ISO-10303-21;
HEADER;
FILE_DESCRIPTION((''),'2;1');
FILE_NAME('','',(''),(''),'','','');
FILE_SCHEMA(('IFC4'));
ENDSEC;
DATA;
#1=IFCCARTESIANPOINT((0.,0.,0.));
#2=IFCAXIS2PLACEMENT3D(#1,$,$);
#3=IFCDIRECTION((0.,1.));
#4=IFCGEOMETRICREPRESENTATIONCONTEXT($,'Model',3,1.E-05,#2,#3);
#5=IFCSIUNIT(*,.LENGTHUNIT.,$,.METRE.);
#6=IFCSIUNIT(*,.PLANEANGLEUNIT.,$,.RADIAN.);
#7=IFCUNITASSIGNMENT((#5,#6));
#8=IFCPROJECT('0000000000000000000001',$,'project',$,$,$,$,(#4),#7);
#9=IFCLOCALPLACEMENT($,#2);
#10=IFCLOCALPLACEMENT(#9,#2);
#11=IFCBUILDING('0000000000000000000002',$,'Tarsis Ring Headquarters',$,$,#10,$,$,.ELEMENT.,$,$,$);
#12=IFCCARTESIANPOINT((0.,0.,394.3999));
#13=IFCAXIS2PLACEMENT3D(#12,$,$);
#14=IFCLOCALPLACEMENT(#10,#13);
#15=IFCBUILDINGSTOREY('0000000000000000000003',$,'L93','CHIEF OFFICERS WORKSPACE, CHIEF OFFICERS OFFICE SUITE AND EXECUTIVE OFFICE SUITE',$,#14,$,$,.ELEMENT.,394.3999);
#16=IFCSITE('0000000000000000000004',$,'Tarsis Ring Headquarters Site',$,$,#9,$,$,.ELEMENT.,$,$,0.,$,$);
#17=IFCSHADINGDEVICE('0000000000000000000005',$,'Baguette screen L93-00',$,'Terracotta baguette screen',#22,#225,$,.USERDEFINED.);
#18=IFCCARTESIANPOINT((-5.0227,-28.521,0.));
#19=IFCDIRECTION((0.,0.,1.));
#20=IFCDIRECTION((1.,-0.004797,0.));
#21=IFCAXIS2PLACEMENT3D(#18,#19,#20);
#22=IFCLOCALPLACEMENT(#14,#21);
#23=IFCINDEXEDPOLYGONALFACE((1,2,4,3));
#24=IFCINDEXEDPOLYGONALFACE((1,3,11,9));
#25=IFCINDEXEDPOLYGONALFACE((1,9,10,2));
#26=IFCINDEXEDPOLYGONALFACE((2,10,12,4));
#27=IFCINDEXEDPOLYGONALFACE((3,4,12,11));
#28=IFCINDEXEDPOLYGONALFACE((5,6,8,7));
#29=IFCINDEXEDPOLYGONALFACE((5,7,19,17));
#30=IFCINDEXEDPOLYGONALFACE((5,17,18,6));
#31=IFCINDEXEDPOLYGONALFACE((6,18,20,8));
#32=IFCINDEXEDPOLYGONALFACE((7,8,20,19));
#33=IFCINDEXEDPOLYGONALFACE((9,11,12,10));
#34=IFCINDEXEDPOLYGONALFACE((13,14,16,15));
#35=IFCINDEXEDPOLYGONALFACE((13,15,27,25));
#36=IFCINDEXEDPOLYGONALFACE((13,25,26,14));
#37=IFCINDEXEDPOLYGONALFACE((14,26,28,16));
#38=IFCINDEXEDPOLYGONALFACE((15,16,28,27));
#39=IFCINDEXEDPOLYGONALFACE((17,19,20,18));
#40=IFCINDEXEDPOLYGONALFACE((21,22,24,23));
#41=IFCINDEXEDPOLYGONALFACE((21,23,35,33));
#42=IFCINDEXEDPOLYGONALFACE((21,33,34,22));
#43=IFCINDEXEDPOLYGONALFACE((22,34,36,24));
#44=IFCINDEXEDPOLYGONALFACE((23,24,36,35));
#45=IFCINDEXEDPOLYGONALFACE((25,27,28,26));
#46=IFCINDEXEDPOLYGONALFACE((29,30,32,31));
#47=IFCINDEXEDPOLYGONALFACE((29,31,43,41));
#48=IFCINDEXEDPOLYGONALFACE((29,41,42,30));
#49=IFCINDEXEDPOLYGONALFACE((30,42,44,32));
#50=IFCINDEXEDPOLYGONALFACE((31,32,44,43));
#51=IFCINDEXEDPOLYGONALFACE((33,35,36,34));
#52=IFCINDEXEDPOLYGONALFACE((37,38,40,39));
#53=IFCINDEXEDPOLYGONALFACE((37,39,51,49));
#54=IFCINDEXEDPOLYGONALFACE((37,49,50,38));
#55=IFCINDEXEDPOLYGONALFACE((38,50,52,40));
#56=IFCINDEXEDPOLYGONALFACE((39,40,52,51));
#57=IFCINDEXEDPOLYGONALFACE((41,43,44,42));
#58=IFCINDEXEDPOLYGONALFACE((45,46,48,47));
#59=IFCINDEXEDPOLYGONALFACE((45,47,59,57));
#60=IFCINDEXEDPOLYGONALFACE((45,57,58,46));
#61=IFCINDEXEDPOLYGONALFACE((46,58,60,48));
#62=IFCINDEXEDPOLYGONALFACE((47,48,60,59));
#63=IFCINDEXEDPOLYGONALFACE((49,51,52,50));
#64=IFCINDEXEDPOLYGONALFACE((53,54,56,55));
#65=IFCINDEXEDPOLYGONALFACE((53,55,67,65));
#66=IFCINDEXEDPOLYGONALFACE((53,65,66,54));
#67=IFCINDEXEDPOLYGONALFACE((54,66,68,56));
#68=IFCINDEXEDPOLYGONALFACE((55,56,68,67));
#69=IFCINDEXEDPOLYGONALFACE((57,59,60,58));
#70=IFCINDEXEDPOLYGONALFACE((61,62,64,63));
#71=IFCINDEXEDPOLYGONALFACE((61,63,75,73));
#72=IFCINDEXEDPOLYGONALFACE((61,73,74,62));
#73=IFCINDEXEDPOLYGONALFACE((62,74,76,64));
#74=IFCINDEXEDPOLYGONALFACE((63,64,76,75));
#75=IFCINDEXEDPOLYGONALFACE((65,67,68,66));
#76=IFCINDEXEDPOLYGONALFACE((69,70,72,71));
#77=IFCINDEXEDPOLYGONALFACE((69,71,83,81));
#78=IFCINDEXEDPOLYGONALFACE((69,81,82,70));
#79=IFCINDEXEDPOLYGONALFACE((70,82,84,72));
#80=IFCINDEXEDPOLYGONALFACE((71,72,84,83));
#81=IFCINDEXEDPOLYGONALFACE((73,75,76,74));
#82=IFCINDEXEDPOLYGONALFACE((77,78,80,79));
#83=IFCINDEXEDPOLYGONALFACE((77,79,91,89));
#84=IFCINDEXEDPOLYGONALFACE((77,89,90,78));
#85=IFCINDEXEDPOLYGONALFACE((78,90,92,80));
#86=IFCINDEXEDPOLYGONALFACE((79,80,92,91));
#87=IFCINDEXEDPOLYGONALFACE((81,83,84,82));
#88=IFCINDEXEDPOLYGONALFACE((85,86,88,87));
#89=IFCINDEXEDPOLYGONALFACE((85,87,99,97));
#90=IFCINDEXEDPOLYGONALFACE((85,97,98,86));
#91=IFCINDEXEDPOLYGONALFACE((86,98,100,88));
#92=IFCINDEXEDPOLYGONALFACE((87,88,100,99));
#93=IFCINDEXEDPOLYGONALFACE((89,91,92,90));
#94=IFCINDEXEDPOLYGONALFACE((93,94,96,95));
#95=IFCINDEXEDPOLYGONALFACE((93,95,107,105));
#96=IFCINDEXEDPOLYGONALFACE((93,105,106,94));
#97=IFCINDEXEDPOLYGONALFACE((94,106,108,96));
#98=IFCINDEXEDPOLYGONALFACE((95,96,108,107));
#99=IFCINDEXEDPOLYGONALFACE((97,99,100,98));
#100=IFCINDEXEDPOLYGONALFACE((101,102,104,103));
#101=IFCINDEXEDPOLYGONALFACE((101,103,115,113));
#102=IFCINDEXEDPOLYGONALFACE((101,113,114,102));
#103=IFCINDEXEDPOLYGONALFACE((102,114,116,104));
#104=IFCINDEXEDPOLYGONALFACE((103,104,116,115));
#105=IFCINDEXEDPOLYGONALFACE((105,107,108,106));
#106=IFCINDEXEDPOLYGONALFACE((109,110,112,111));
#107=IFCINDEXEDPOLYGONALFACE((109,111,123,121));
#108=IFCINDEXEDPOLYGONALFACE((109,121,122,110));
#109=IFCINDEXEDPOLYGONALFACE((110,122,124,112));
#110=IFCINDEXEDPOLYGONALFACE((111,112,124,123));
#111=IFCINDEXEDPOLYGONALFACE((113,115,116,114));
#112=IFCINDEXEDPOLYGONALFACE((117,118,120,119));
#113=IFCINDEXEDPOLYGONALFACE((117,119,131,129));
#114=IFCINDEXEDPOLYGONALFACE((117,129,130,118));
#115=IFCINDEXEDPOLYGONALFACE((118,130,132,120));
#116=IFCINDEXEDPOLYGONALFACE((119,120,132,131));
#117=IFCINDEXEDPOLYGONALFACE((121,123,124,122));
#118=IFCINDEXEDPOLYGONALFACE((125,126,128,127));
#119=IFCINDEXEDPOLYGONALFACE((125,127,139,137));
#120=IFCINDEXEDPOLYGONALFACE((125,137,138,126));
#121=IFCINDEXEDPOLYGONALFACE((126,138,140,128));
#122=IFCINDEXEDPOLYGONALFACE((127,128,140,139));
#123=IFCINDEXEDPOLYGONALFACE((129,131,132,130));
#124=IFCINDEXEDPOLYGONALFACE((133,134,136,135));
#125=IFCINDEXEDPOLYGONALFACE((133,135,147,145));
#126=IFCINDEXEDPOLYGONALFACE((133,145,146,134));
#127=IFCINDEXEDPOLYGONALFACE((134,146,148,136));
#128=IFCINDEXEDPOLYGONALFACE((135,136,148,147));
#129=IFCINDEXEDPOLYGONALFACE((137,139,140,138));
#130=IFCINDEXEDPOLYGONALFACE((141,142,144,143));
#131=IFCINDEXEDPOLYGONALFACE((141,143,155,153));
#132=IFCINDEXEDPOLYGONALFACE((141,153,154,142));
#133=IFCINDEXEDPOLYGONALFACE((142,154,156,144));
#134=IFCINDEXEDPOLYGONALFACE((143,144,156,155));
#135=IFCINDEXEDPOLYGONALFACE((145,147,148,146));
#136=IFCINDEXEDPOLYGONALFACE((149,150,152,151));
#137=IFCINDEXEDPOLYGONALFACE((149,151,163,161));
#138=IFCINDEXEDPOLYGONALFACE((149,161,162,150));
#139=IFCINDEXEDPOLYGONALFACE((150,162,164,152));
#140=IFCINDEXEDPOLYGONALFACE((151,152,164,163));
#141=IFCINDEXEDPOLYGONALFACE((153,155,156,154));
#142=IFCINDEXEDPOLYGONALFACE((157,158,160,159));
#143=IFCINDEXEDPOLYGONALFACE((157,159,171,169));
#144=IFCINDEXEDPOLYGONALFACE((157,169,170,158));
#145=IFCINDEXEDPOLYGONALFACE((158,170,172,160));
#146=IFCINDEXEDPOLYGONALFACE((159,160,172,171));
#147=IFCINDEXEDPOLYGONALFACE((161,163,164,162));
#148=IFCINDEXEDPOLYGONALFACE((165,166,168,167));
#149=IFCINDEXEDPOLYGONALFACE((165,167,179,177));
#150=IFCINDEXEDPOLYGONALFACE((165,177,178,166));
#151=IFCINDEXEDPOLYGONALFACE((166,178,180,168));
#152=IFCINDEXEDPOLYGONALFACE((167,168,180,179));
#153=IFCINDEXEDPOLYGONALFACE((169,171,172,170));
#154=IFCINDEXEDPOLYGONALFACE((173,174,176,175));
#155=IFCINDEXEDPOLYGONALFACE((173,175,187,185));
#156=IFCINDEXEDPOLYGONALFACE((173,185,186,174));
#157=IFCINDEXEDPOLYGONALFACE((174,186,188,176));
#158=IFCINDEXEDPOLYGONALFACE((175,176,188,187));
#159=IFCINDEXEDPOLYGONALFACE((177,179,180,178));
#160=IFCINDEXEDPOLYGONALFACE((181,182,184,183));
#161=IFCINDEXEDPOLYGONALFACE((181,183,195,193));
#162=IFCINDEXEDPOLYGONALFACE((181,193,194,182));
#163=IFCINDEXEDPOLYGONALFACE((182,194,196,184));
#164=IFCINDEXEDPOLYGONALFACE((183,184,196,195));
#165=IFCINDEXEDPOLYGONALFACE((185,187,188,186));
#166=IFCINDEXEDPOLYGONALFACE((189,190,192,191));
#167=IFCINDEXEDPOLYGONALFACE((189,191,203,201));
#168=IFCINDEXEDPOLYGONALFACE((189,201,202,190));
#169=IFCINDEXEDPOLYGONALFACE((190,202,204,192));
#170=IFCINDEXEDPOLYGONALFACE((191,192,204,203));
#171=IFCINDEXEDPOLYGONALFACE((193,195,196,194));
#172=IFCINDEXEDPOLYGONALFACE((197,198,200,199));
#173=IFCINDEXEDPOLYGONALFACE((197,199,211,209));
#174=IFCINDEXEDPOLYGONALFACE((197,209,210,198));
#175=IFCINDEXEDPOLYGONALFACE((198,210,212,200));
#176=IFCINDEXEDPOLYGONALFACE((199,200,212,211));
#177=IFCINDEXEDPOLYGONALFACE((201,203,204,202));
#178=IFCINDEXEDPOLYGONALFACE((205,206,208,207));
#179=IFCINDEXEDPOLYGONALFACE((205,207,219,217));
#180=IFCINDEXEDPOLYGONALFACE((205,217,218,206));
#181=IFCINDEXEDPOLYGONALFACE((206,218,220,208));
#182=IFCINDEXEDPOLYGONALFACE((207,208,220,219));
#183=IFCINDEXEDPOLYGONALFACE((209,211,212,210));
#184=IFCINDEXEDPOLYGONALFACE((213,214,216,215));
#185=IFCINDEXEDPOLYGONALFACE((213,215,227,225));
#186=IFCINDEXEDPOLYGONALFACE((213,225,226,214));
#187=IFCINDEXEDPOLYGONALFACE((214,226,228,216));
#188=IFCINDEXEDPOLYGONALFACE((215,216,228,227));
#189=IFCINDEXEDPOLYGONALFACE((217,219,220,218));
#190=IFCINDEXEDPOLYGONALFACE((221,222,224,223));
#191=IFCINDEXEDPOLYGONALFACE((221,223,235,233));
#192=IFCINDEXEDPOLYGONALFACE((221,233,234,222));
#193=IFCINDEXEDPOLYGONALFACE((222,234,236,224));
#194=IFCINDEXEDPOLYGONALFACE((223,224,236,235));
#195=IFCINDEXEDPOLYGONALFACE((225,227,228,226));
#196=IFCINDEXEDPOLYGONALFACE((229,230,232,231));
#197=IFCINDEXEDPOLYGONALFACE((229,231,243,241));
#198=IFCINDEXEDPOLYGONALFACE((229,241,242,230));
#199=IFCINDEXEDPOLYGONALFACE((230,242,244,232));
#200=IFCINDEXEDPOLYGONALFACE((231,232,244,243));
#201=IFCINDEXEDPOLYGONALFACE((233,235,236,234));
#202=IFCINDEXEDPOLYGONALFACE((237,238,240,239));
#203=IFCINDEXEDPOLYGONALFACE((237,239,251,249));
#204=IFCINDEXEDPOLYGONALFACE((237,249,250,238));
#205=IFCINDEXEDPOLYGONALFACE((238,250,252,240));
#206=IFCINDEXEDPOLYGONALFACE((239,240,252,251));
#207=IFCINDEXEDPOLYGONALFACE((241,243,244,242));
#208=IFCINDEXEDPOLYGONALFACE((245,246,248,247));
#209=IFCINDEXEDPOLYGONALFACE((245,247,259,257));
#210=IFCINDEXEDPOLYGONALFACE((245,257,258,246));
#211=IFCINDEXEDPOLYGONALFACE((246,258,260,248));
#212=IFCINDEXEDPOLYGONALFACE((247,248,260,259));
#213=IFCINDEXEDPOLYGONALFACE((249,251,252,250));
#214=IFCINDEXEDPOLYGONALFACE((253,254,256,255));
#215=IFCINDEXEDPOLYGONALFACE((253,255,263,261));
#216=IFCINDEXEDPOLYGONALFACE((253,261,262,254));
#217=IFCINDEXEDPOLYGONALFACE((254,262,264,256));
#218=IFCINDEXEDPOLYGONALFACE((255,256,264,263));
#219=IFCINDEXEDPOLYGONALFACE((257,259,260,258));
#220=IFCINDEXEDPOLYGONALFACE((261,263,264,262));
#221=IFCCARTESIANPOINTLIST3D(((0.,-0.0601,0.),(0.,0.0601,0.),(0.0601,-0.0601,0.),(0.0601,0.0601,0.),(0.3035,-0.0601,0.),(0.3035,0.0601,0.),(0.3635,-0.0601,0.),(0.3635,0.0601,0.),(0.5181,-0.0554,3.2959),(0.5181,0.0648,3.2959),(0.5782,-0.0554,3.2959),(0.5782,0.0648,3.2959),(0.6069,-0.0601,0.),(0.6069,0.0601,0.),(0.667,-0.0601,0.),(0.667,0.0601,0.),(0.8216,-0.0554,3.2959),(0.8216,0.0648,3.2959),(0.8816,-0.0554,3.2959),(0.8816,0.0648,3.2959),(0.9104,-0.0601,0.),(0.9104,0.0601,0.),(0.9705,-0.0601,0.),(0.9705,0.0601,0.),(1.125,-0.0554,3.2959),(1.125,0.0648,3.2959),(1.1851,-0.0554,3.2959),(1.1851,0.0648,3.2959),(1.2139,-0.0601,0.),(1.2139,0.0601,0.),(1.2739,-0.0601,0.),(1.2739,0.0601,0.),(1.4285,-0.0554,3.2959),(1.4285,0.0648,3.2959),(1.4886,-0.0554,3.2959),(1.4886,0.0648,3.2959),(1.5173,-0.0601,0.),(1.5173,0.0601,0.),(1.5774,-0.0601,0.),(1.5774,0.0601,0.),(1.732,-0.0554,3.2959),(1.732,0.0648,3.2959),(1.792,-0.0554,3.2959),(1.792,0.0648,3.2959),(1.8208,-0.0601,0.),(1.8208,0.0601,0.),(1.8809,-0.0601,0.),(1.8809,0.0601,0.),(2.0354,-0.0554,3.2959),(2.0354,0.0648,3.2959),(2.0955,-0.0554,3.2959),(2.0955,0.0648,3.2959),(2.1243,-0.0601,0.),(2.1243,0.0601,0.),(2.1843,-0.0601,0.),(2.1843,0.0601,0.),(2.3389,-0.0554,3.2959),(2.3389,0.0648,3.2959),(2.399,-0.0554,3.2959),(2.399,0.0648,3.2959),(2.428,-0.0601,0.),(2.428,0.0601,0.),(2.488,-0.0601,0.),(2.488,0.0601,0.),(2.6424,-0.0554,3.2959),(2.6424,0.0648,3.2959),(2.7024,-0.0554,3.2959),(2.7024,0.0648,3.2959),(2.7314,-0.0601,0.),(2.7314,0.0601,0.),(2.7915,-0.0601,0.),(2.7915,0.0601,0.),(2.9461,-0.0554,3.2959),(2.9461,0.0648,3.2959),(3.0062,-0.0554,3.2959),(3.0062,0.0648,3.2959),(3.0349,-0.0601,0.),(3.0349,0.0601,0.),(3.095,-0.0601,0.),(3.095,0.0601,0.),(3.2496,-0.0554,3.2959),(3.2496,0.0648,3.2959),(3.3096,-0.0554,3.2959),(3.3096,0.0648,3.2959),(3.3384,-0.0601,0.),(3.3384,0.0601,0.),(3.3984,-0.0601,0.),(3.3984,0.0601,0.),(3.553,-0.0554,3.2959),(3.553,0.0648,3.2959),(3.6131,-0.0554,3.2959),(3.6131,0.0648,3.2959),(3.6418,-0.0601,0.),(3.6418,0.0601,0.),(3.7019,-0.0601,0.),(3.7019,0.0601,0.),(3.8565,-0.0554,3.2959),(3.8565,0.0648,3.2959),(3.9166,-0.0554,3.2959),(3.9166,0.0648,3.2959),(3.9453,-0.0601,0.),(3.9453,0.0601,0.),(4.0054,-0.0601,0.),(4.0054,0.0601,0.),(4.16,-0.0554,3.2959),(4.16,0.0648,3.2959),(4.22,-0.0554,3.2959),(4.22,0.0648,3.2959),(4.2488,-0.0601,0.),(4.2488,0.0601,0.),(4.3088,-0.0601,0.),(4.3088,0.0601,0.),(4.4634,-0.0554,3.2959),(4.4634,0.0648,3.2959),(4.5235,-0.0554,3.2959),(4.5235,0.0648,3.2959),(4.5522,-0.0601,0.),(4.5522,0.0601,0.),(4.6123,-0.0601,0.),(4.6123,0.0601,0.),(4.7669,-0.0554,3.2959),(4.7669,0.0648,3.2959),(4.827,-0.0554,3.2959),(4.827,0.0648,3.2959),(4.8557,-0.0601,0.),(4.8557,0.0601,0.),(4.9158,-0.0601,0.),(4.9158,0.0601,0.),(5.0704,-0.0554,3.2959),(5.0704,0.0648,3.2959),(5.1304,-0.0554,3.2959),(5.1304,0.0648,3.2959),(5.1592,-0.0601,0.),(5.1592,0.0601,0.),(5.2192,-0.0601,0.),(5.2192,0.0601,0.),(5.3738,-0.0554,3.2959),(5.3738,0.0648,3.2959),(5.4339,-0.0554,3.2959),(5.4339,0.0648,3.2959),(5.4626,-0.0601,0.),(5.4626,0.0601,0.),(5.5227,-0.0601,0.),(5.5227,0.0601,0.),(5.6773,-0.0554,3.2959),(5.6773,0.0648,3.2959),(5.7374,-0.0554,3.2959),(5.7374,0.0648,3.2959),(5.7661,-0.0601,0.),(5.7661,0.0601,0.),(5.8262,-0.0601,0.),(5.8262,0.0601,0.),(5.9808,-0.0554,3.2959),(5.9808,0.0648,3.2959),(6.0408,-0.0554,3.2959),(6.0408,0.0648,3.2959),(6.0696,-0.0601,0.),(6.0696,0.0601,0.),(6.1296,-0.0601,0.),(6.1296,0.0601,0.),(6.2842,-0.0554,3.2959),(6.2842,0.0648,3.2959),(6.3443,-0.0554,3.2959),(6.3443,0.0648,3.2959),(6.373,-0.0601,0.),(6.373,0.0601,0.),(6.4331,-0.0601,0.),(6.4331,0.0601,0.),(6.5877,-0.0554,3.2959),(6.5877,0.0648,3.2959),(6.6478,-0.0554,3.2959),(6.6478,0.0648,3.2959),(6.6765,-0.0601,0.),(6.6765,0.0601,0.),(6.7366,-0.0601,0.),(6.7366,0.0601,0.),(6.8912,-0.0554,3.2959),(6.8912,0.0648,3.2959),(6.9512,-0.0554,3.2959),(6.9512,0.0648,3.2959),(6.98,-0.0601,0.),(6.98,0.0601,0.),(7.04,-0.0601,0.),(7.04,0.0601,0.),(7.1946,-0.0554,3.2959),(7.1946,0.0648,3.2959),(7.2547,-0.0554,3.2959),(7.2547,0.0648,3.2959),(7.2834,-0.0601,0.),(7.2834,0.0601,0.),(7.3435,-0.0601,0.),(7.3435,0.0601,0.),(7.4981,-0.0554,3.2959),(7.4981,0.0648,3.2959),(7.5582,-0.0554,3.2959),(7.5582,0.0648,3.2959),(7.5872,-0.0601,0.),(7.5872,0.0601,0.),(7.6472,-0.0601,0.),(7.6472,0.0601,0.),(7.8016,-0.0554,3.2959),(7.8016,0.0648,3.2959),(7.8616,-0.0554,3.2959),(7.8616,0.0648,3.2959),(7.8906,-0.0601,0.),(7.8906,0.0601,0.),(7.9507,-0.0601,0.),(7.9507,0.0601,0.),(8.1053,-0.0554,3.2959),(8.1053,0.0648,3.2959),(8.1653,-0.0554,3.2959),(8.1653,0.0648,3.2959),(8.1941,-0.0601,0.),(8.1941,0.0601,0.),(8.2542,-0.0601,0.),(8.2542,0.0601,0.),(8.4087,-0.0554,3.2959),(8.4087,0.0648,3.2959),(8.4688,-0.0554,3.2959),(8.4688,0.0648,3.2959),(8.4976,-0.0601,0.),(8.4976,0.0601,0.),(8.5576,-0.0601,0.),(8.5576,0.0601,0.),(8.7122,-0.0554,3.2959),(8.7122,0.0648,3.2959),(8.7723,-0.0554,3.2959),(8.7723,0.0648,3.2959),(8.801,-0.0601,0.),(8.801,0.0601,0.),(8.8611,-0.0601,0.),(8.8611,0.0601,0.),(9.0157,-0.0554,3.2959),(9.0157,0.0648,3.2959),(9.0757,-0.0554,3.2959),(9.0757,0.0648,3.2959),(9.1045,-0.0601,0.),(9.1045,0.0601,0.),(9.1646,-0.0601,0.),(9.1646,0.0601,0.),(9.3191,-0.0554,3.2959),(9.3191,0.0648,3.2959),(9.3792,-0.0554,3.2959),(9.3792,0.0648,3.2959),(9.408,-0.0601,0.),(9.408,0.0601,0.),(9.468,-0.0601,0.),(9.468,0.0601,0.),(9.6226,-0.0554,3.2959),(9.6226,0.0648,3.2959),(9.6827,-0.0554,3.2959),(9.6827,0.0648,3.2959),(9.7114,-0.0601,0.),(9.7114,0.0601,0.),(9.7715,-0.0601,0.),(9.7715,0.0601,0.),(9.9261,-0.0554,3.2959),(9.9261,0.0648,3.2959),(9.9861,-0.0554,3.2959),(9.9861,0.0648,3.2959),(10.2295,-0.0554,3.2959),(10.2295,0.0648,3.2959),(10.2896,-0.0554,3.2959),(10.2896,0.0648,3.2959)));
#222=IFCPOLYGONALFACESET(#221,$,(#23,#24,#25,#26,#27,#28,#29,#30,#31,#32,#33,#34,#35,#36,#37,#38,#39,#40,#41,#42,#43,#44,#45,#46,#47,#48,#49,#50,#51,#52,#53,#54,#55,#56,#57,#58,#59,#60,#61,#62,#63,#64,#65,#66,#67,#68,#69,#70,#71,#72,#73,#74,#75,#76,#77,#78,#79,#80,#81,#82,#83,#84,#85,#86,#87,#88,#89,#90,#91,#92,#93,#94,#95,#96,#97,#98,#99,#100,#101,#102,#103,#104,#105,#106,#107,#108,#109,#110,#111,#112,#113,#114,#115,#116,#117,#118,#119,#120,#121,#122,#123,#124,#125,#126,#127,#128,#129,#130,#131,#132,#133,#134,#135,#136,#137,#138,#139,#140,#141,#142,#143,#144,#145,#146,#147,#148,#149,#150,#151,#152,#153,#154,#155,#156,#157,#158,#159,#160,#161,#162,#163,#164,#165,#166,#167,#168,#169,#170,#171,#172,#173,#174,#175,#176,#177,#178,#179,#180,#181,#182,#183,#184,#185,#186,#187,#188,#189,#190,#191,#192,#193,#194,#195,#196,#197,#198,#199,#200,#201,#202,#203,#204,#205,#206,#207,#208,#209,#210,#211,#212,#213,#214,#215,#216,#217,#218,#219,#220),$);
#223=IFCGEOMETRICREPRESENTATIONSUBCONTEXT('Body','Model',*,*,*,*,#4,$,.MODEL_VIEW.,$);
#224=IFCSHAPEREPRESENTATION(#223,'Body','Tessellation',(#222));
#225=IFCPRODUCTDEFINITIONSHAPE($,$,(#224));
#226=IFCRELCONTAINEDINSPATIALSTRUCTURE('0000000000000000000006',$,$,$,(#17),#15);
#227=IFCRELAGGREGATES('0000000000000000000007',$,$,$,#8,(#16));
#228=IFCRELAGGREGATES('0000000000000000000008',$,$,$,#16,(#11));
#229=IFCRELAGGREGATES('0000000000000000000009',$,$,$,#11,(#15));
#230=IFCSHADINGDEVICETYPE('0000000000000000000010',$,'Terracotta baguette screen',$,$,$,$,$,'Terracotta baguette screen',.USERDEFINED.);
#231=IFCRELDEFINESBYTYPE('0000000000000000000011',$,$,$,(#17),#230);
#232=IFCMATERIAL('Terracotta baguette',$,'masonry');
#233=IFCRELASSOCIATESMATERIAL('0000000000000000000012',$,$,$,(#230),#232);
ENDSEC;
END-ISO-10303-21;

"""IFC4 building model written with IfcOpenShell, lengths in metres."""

from ifc_helpers import new_model, si_unit, direction, frame, frame_2d, origin, place, context, subcontext, project, spatial, rectangle, composite_profile, extrude, material, type_object, element, save


model = new_model("IFC4")

# Units and contexts
model_context = context("Model", 3, precision=1e-05, world=origin(), true_north=direction((0.0, 1.0)))
body_context = subcontext(model_context, "Body", "Model", "MODEL_VIEW")
ifc_project = project(units=[si_unit("LENGTHUNIT", "METRE"), si_unit("PLANEANGLEUNIT", "RADIAN")], contexts=[model_context])

# Site, building, storey
site_placement = place(None, origin())
site = spatial("IfcSite", under=ifc_project, at=site_placement, Name="Tarsis Ring Headquarters Site", CompositionType="ELEMENT", RefElevation=0.0)
building_placement = place(site_placement, origin())
building = spatial("IfcBuilding", under=site, at=building_placement, Name="Tarsis Ring Headquarters", CompositionType="ELEMENT")
storey_placement = place(building_placement, frame((0.0, 0.0, 394.3999)))
storey = spatial("IfcBuildingStorey", under=building, at=storey_placement, Name="L93", Description="CHIEF OFFICERS WORKSPACE, CHIEF OFFICERS OFFICE SUITE AND EXECUTIVE OFFICE SUITE", CompositionType="ELEMENT", Elevation=394.3999)

# Shading device
ifc_material_1 = material(Name="Terracotta baguette", Category="masonry")
shading_device_type = type_object("IfcShadingDeviceType", Name="Terracotta baguette screen", ElementType="Terracotta baguette screen", PredefinedType="USERDEFINED", material=ifc_material_1)
shading_device_1_placement = place(storey_placement, frame((-5.0227, -28.521, 0.0), z_axis=(0.0, 0.0, 1.0), x_axis=(1.0, -0.004797, 0.0)))
element("IfcShadingDevice", 1, at=shading_device_1_placement, inside=storey, type_object=shading_device_type, Name="Baguette screen L93-00", ObjectType="Terracotta baguette screen", PredefinedType="USERDEFINED", context=body_context, shape_type="SweptSolid", body=[
    extrude(composite_profile([rectangle(XDim=0.0601, YDim=0.1201, at=frame_2d((0.03, 0.0))), rectangle(XDim=0.0601, YDim=0.1201, at=frame_2d((0.3335, 0.0))), rectangle(XDim=0.0601, YDim=0.1201, at=frame_2d((0.637, 0.0))), rectangle(XDim=0.0601, YDim=0.1201, at=frame_2d((0.9404, 0.0))), rectangle(XDim=0.0601, YDim=0.1201, at=frame_2d((1.2439, 0.0))), rectangle(XDim=0.0601, YDim=0.1201, at=frame_2d((1.5474, 0.0))), rectangle(XDim=0.0601, YDim=0.1201, at=frame_2d((1.8508, 0.0))), rectangle(XDim=0.0601, YDim=0.1201, at=frame_2d((2.1543, 0.0))), rectangle(XDim=0.0601, YDim=0.1201, at=frame_2d((2.458, 0.0))), rectangle(XDim=0.0601, YDim=0.1201, at=frame_2d((2.7615, 0.0))), rectangle(XDim=0.0601, YDim=0.1201, at=frame_2d((3.0649, 0.0))), rectangle(XDim=0.0601, YDim=0.1201, at=frame_2d((3.3684, 0.0))), rectangle(XDim=0.0601, YDim=0.1201, at=frame_2d((3.6719, 0.0))), rectangle(XDim=0.0601, YDim=0.1201, at=frame_2d((3.9753, 0.0))), rectangle(XDim=0.0601, YDim=0.1201, at=frame_2d((4.2788, 0.0))), rectangle(XDim=0.0601, YDim=0.1201, at=frame_2d((4.5823, 0.0))), rectangle(XDim=0.0601, YDim=0.1201, at=frame_2d((4.8857, 0.0))), rectangle(XDim=0.0601, YDim=0.1201, at=frame_2d((5.1892, 0.0))), rectangle(XDim=0.0601, YDim=0.1201, at=frame_2d((5.4927, 0.0))), rectangle(XDim=0.0601, YDim=0.1201, at=frame_2d((5.7961, 0.0))), rectangle(XDim=0.0601, YDim=0.1201, at=frame_2d((6.0996, 0.0))), rectangle(XDim=0.0601, YDim=0.1201, at=frame_2d((6.4031, 0.0))), rectangle(XDim=0.0601, YDim=0.1201, at=frame_2d((6.7065, 0.0))), rectangle(XDim=0.0601, YDim=0.1201, at=frame_2d((7.01, 0.0))), rectangle(XDim=0.0601, YDim=0.1201, at=frame_2d((7.3135, 0.0))), rectangle(XDim=0.0601, YDim=0.1201, at=frame_2d((7.6172, 0.0))), rectangle(XDim=0.0601, YDim=0.1201, at=frame_2d((7.9207, 0.0))), rectangle(XDim=0.0601, YDim=0.1201, at=frame_2d((8.2241, 0.0))), rectangle(XDim=0.0601, YDim=0.1201, at=frame_2d((8.5276, 0.0))), rectangle(XDim=0.0601, YDim=0.1201, at=frame_2d((8.8311, 0.0))), rectangle(XDim=0.0601, YDim=0.1201, at=frame_2d((9.1345, 0.0))), rectangle(XDim=0.0601, YDim=0.1201, at=frame_2d((9.438, 0.0))), rectangle(XDim=0.0601, YDim=0.1201, at=frame_2d((9.7415, 0.0)))]), origin(), (0.15529, 0.001409, 0.987868), 3.3364),
])

save(model, "model.ifc")
